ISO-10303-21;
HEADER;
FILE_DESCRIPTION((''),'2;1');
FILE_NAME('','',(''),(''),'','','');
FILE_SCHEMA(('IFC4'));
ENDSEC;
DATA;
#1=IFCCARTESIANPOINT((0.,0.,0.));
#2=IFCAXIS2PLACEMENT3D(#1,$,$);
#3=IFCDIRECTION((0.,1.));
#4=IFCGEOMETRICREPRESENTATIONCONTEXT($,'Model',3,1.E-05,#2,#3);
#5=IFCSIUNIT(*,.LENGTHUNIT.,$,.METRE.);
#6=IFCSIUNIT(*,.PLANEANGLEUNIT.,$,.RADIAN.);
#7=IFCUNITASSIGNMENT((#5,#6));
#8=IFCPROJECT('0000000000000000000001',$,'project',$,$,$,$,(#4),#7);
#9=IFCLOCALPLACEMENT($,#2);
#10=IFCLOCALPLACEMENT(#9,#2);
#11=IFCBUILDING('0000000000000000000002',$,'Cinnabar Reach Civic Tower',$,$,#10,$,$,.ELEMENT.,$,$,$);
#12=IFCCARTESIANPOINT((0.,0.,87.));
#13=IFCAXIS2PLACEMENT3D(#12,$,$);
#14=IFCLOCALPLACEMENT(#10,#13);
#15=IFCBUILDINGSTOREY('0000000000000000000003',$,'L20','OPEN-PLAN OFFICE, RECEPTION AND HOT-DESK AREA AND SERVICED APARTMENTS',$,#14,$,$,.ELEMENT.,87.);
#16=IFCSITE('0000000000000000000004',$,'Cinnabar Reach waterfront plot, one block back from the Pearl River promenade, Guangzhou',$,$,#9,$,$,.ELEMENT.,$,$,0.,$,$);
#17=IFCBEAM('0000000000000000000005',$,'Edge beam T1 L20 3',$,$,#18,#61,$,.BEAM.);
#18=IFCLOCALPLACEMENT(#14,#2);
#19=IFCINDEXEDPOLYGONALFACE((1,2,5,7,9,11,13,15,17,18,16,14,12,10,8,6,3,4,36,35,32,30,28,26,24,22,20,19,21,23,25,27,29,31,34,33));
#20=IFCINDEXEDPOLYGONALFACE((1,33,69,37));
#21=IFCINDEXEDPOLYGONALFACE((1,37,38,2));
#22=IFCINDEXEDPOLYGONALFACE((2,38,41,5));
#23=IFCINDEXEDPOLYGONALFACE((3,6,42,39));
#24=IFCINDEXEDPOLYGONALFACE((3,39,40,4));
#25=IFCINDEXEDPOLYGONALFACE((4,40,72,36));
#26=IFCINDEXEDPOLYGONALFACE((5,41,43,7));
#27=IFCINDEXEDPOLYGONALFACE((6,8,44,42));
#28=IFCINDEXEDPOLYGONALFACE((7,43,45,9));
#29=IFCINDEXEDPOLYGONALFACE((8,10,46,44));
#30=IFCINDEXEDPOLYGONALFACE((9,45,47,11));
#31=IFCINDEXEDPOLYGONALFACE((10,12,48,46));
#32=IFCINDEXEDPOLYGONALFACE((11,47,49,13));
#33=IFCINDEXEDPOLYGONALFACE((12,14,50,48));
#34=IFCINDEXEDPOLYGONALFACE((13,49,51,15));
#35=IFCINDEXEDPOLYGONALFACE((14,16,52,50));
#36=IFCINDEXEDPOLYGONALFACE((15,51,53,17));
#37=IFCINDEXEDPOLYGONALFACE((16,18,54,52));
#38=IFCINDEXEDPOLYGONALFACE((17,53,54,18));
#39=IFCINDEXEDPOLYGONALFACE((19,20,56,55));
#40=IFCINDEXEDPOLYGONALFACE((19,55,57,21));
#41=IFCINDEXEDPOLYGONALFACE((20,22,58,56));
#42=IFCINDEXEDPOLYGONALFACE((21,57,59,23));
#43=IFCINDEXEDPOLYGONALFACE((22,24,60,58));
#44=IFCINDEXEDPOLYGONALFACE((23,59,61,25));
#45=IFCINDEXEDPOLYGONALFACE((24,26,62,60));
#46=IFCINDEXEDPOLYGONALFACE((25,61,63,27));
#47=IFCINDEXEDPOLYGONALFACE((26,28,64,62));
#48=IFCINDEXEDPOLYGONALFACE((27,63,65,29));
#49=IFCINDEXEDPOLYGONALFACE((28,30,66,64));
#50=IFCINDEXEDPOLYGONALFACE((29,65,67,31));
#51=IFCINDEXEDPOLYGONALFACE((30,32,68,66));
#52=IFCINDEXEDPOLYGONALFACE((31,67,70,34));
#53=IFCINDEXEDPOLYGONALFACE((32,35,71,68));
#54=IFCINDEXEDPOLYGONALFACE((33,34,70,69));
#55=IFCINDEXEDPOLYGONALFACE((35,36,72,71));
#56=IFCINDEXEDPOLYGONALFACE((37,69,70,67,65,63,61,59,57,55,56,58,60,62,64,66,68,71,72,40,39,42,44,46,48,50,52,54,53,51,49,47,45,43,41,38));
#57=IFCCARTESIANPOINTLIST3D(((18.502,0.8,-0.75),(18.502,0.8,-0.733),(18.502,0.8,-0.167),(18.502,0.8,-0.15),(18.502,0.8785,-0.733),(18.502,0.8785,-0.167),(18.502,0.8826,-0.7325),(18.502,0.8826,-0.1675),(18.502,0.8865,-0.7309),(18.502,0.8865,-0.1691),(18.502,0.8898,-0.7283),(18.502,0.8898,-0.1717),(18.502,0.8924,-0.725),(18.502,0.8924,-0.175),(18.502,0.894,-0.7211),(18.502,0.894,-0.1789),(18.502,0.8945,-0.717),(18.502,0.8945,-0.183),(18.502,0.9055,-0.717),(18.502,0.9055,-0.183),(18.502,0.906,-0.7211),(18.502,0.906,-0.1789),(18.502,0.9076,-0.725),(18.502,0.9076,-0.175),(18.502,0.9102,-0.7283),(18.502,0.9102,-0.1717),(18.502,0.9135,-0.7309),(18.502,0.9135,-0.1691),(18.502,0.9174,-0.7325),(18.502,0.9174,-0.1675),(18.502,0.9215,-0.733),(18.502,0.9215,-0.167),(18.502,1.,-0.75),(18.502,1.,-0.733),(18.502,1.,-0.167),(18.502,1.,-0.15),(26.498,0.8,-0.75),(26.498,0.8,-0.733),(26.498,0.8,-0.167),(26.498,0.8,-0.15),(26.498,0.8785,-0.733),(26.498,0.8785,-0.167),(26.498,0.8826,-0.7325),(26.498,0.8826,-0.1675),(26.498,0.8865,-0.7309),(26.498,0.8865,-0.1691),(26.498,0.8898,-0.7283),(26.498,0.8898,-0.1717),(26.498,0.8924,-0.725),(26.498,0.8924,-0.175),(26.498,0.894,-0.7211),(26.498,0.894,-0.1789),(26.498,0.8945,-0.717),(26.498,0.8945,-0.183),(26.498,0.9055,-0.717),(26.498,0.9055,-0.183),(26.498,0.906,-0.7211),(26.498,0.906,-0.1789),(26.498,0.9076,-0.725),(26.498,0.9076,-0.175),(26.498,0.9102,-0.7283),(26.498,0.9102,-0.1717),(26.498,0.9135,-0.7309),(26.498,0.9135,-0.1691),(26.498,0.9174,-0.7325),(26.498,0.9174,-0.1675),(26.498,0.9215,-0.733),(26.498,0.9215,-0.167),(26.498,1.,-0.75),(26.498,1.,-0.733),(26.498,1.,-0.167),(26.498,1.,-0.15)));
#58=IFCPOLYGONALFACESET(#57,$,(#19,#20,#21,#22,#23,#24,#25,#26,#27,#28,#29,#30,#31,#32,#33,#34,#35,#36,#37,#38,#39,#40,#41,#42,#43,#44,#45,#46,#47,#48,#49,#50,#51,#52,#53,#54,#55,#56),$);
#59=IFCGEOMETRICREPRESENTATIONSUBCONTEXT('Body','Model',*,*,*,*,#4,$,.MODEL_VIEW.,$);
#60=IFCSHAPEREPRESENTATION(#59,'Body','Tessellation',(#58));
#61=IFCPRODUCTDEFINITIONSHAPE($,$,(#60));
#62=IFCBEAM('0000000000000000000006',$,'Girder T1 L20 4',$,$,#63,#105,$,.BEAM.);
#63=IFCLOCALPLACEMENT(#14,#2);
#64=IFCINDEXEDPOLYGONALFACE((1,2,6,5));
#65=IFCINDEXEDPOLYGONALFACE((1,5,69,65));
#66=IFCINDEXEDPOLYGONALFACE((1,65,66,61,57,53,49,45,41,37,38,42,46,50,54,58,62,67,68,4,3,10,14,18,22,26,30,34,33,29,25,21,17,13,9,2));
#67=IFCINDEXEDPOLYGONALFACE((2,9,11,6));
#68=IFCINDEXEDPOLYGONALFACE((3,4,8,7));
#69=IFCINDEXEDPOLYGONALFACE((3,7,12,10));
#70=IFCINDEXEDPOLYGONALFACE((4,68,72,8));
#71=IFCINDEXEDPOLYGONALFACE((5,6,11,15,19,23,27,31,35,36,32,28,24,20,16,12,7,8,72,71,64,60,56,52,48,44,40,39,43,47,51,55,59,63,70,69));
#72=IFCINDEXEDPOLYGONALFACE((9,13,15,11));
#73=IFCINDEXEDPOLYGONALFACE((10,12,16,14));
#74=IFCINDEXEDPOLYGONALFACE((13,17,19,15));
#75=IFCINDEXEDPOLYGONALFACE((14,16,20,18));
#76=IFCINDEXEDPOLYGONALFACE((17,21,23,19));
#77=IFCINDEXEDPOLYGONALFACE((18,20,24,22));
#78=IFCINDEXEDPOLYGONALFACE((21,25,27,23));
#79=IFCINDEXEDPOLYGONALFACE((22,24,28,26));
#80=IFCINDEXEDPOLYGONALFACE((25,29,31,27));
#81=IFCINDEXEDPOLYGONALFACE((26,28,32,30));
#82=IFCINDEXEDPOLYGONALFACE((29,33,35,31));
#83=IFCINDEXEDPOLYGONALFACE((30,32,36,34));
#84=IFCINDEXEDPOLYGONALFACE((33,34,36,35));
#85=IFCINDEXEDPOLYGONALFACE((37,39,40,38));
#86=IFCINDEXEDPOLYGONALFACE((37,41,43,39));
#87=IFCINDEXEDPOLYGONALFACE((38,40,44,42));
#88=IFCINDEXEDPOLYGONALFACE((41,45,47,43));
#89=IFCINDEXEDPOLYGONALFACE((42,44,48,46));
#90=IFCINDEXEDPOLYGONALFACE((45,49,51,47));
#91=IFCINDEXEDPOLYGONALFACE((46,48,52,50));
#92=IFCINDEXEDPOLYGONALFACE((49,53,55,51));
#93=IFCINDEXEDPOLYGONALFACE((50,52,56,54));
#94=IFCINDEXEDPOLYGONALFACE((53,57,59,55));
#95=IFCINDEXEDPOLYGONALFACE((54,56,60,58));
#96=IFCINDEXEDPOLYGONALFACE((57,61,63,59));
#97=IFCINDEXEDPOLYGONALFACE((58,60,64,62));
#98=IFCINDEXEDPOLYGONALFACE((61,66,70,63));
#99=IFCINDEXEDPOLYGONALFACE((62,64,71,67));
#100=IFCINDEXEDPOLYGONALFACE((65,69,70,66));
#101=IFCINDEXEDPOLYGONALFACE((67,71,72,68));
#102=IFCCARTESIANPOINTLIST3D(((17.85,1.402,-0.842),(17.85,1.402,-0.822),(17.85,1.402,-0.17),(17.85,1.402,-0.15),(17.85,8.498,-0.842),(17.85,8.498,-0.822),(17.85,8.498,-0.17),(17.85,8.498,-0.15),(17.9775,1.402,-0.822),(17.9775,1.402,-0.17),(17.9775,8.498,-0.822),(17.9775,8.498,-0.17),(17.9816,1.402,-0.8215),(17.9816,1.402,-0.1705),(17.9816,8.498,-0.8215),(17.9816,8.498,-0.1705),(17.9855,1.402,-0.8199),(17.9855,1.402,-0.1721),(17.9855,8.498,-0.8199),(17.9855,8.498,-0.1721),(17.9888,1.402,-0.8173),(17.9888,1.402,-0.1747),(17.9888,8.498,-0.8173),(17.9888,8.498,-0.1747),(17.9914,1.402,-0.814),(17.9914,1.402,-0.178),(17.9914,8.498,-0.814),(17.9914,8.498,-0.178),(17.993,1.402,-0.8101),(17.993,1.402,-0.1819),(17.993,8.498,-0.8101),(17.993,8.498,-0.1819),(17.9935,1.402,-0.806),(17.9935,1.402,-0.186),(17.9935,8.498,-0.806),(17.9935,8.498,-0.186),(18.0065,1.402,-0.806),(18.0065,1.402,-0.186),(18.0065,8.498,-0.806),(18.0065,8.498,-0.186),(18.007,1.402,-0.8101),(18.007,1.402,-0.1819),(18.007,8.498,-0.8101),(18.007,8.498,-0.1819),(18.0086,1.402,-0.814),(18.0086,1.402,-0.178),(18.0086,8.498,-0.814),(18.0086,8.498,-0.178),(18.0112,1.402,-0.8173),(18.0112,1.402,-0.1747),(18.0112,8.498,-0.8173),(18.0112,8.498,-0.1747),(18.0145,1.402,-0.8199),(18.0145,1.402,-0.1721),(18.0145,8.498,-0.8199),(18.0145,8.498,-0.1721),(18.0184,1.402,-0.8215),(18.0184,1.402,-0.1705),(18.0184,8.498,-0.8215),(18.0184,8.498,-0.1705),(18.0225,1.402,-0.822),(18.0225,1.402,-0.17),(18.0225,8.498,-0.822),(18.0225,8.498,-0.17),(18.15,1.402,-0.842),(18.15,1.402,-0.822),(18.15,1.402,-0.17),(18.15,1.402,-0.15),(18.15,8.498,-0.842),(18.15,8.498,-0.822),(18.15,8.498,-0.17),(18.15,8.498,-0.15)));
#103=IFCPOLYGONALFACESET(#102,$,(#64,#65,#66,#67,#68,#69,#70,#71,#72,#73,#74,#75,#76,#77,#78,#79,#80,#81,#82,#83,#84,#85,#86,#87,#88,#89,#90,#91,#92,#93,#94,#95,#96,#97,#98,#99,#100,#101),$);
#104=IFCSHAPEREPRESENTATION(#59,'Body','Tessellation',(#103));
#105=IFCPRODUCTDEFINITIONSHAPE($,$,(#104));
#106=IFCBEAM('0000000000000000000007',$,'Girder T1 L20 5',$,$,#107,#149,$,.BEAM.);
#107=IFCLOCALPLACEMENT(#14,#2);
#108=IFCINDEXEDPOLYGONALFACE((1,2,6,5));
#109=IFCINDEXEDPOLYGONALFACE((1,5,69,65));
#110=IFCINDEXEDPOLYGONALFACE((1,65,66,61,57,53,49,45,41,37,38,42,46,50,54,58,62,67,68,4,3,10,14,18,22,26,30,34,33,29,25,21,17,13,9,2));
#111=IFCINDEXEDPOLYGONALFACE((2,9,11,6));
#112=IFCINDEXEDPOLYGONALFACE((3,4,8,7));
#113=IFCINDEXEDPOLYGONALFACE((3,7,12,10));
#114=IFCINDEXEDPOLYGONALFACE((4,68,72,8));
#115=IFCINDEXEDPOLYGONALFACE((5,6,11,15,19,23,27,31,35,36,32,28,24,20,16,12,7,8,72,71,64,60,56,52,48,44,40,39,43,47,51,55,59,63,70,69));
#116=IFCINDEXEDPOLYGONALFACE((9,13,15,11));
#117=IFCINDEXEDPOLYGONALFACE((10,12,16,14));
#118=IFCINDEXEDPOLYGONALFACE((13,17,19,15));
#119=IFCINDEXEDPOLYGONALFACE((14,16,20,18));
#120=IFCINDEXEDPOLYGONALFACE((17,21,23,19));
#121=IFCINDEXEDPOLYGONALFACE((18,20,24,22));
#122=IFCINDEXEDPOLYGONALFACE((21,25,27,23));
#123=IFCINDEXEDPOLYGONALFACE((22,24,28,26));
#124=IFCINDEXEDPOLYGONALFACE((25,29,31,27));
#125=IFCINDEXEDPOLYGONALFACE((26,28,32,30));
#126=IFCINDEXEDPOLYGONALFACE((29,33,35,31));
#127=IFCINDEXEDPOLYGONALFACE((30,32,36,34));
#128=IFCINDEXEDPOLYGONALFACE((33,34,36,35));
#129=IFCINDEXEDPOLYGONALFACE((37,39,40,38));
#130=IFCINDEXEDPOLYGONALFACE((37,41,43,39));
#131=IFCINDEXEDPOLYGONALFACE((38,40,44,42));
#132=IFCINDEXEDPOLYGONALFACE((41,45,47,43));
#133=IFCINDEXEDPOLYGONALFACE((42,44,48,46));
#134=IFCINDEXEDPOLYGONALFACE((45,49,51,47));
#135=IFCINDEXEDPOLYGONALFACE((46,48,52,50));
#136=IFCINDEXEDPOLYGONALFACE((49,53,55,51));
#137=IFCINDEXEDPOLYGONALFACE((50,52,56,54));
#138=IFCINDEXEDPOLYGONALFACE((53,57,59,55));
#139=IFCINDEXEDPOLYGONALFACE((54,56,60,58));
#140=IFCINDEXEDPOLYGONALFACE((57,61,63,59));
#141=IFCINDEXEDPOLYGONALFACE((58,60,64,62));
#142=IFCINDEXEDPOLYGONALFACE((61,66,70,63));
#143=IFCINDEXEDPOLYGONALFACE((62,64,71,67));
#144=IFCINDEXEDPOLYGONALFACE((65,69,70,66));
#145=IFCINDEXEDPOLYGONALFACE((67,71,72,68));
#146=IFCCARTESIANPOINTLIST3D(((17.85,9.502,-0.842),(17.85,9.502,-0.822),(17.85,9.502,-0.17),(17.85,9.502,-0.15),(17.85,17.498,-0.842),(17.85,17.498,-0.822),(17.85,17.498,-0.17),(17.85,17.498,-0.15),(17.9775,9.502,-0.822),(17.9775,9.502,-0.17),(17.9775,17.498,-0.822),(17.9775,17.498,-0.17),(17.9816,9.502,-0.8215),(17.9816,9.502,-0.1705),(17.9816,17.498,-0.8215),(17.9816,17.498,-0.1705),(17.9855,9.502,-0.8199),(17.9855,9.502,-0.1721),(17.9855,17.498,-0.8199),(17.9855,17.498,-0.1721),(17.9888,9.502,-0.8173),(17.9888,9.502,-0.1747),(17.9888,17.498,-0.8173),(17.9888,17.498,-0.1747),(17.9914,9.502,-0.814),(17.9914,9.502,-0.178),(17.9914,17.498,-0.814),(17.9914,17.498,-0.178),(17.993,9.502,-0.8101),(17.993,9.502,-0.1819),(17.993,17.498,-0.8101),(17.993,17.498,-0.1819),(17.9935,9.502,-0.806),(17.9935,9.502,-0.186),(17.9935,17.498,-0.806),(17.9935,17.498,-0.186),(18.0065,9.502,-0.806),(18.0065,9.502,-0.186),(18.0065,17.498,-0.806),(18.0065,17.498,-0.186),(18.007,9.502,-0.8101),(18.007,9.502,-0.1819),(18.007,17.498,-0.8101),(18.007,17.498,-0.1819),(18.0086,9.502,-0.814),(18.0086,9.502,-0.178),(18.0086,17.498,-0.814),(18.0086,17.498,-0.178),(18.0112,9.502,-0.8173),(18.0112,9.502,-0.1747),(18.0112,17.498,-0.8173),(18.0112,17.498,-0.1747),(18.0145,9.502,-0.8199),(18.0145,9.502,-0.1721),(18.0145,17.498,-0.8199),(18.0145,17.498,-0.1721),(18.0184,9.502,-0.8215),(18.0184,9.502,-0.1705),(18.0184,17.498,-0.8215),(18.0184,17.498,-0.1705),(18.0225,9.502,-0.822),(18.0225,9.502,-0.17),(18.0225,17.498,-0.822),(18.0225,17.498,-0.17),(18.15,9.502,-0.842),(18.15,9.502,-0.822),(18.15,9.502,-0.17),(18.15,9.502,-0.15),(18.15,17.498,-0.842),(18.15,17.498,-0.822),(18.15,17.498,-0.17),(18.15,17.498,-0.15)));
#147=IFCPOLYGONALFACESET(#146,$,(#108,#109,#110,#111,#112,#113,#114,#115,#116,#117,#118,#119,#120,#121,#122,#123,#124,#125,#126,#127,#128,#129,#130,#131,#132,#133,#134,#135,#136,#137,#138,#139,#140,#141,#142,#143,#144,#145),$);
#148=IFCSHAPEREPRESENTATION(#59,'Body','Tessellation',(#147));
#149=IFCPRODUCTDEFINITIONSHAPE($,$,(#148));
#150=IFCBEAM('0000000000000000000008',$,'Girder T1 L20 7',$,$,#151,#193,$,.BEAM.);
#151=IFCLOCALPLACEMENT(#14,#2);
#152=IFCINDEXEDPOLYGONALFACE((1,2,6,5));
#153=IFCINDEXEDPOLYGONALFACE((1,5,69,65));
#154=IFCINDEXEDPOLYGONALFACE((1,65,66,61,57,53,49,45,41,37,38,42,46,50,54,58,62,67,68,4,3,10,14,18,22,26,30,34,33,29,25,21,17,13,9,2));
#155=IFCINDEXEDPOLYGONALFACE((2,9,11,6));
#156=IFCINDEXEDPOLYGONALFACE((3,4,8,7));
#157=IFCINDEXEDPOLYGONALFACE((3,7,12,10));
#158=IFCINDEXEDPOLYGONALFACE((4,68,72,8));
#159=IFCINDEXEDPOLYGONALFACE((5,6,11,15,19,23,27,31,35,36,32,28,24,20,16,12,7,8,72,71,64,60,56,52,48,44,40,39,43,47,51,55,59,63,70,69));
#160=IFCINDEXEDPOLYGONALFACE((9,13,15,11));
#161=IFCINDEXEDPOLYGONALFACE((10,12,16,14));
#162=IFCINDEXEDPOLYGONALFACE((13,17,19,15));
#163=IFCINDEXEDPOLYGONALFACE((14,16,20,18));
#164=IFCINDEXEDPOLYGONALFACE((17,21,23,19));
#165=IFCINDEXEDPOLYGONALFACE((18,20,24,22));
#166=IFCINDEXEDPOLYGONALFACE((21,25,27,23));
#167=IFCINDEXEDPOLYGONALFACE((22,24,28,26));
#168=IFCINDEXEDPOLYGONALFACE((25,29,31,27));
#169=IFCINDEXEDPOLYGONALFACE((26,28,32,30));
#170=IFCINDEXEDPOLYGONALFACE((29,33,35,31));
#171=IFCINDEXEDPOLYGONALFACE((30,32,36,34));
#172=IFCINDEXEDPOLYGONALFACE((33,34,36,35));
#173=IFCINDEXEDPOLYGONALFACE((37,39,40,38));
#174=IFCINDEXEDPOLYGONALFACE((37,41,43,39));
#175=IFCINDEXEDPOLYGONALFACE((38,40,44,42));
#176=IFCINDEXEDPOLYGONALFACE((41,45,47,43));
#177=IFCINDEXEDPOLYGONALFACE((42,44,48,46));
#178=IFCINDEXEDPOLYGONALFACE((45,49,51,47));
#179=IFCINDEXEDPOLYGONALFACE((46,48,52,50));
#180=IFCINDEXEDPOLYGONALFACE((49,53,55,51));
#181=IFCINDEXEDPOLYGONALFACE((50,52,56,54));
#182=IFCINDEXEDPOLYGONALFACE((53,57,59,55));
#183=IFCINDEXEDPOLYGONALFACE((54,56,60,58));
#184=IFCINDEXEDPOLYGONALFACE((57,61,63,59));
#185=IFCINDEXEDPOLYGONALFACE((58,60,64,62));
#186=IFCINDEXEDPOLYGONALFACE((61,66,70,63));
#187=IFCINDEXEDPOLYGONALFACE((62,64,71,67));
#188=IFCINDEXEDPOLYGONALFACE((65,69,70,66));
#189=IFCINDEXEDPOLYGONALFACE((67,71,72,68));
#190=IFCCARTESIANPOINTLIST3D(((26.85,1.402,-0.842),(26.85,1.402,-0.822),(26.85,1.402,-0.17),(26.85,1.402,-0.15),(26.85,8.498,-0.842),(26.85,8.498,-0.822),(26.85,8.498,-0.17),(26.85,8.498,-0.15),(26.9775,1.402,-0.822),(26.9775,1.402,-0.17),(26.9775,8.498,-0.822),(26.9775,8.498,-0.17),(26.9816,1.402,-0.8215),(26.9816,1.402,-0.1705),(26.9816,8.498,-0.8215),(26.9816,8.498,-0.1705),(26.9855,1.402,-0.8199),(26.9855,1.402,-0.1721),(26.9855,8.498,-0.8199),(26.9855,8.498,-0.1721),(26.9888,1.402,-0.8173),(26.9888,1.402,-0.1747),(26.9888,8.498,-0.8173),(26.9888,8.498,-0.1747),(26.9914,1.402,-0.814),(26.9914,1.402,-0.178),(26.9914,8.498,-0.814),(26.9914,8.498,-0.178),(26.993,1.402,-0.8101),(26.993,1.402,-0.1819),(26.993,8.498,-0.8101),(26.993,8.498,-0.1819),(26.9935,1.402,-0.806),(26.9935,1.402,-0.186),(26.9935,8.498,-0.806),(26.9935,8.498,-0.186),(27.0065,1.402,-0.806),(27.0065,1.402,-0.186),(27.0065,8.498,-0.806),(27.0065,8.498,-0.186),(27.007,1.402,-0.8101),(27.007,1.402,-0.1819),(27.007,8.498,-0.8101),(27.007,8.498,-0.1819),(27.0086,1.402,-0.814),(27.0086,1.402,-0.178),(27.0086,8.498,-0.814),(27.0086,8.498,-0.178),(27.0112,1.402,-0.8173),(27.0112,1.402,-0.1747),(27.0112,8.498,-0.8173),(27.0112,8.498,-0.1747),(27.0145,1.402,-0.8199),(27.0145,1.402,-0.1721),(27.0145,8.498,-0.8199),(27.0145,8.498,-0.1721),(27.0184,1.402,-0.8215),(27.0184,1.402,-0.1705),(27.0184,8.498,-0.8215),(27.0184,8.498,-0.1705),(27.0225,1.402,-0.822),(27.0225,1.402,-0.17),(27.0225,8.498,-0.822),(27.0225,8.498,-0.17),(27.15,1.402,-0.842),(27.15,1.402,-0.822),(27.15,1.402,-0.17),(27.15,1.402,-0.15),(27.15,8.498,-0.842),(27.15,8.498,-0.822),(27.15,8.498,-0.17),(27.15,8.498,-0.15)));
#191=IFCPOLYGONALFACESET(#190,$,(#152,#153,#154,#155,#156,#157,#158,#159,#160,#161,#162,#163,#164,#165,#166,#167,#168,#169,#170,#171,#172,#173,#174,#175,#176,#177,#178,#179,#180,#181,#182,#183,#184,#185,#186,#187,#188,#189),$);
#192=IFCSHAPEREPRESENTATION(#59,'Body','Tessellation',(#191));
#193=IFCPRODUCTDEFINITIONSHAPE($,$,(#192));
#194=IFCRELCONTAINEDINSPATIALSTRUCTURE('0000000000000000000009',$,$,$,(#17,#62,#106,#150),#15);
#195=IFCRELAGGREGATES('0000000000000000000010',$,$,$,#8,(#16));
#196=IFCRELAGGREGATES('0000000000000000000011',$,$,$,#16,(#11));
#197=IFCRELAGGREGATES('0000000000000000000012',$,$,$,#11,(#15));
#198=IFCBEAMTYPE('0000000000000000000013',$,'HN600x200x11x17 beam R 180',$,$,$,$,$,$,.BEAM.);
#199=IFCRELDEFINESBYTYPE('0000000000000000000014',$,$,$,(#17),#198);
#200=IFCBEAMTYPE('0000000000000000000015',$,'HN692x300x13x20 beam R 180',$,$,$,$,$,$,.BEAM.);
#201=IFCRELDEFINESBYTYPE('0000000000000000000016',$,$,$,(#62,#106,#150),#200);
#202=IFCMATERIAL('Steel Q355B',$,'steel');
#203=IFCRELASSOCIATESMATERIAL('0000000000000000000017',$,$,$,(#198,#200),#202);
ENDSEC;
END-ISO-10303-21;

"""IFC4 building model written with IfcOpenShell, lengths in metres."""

from ifc_helpers import new_model, si_unit, direction, frame, origin, origin_2d, place, context, subcontext, project, spatial, i_section, extrude, material, material_profile, profile_set, type_object, element, save


model = new_model("IFC4")

# Units and contexts
model_context = context("Model", 3, precision=1e-05, world=origin(), true_north=direction((0.0, 1.0)))
body_context = subcontext(model_context, "Body", "Model", "MODEL_VIEW")
ifc_project = project(units=[si_unit("LENGTHUNIT", "METRE"), si_unit("PLANEANGLEUNIT", "RADIAN")], contexts=[model_context])

# Site, building, storey
site_placement = place(None, origin())
site = spatial("IfcSite", under=ifc_project, at=site_placement, Name="Cinnabar Reach waterfront plot, one block back from the Pearl River promenade, Guangzhou", CompositionType="ELEMENT", RefElevation=0.0)
building_placement = place(site_placement, origin())
building = spatial("IfcBuilding", under=site, at=building_placement, Name="Cinnabar Reach Civic Tower", CompositionType="ELEMENT")
storey_placement = place(building_placement, frame((0.0, 0.0, 87.0)))
storey = spatial("IfcBuildingStorey", under=building, at=storey_placement, Name="L20", Description="OPEN-PLAN OFFICE, RECEPTION AND HOT-DESK AREA AND SERVICED APARTMENTS", CompositionType="ELEMENT", Elevation=87.0)

# Beams
ifc_material_1 = material(Name="Steel Q355B", Category="steel")
ifc_material_profile_1 = material_profile(ifc_material_1, i_section(OverallWidth=0.2, OverallDepth=0.6, WebThickness=0.011, FlangeThickness=0.017, FilletRadius=0.016, at=origin_2d()), Name="HN600x200x11x17")
ifc_profile_set_1 = profile_set([ifc_material_profile_1], Name="Steel Q355B")
beam_type_1 = type_object("IfcBeamType", Name="HN600x200x11x17 beam R 180", PredefinedType="BEAM", material=ifc_profile_set_1)
for number, where, z_axis, x_axis, name in (
    (1, (18.502, 0.9, -0.45), (1.0, 0.0, 0.0), (0.0, 1.0, 0.0), "Edge beam T1 L20 3"),
):
    element("IfcBeam", number, at=place(storey_placement, frame(where, z_axis=z_axis, x_axis=x_axis)), inside=storey, type_object=beam_type_1, Name=name, PredefinedType="BEAM", context=body_context, shape_type="SweptSolid", body=[
        extrude(i_section(OverallWidth=0.2, OverallDepth=0.6, WebThickness=0.011, FlangeThickness=0.017, FilletRadius=0.016, at=origin_2d()), origin(), (0.0, 0.0, 1.0), 7.996),
    ])
ifc_material_profile_2 = material_profile(ifc_material_1, i_section(OverallWidth=0.3, OverallDepth=0.692, WebThickness=0.013, FlangeThickness=0.02, FilletRadius=0.016, at=origin_2d()), Name="HN692x300x13x20")
ifc_profile_set_2 = profile_set([ifc_material_profile_2], Name="Steel Q355B")
beam_type_2 = type_object("IfcBeamType", Name="HN692x300x13x20 beam R 180", PredefinedType="BEAM", material=ifc_profile_set_2)
beam_1_placement = place(storey_placement, frame((18.0, 1.402, -0.496), z_axis=(0.0, 1.0, 0.0), x_axis=(-1.0, 0.0, 0.0)))
element("IfcBeam", 2, at=beam_1_placement, inside=storey, type_object=beam_type_2, Name="Girder T1 L20 4", PredefinedType="BEAM", context=body_context, shape_type="SweptSolid", body=[
    extrude(i_section(OverallWidth=0.3, OverallDepth=0.692, WebThickness=0.013, FlangeThickness=0.02, FilletRadius=0.016, at=origin_2d()), origin(), (0.0, 0.0, 1.0), 7.096),
])
beam_2_placement = place(storey_placement, frame((18.0, 9.502, -0.496), z_axis=(0.0, 1.0, 0.0), x_axis=(-1.0, 0.0, 0.0)))
element("IfcBeam", 3, at=beam_2_placement, inside=storey, type_object=beam_type_2, Name="Girder T1 L20 5", PredefinedType="BEAM", context=body_context, shape_type="SweptSolid", body=[
    extrude(i_section(OverallWidth=0.3, OverallDepth=0.692, WebThickness=0.013, FlangeThickness=0.02, FilletRadius=0.016, at=origin_2d()), origin(), (0.0, 0.0, 1.0), 7.996),
])
beam_3_placement = place(storey_placement, frame((27.0, 1.402, -0.496), z_axis=(0.0, 1.0, 0.0), x_axis=(-1.0, 0.0, 0.0)))
element("IfcBeam", 4, at=beam_3_placement, inside=storey, type_object=beam_type_2, Name="Girder T1 L20 7", PredefinedType="BEAM", context=body_context, shape_type="SweptSolid", body=[
    extrude(i_section(OverallWidth=0.3, OverallDepth=0.692, WebThickness=0.013, FlangeThickness=0.02, FilletRadius=0.016, at=origin_2d()), origin(), (0.0, 0.0, 1.0), 7.096),
])

save(model, "model.ifc")
